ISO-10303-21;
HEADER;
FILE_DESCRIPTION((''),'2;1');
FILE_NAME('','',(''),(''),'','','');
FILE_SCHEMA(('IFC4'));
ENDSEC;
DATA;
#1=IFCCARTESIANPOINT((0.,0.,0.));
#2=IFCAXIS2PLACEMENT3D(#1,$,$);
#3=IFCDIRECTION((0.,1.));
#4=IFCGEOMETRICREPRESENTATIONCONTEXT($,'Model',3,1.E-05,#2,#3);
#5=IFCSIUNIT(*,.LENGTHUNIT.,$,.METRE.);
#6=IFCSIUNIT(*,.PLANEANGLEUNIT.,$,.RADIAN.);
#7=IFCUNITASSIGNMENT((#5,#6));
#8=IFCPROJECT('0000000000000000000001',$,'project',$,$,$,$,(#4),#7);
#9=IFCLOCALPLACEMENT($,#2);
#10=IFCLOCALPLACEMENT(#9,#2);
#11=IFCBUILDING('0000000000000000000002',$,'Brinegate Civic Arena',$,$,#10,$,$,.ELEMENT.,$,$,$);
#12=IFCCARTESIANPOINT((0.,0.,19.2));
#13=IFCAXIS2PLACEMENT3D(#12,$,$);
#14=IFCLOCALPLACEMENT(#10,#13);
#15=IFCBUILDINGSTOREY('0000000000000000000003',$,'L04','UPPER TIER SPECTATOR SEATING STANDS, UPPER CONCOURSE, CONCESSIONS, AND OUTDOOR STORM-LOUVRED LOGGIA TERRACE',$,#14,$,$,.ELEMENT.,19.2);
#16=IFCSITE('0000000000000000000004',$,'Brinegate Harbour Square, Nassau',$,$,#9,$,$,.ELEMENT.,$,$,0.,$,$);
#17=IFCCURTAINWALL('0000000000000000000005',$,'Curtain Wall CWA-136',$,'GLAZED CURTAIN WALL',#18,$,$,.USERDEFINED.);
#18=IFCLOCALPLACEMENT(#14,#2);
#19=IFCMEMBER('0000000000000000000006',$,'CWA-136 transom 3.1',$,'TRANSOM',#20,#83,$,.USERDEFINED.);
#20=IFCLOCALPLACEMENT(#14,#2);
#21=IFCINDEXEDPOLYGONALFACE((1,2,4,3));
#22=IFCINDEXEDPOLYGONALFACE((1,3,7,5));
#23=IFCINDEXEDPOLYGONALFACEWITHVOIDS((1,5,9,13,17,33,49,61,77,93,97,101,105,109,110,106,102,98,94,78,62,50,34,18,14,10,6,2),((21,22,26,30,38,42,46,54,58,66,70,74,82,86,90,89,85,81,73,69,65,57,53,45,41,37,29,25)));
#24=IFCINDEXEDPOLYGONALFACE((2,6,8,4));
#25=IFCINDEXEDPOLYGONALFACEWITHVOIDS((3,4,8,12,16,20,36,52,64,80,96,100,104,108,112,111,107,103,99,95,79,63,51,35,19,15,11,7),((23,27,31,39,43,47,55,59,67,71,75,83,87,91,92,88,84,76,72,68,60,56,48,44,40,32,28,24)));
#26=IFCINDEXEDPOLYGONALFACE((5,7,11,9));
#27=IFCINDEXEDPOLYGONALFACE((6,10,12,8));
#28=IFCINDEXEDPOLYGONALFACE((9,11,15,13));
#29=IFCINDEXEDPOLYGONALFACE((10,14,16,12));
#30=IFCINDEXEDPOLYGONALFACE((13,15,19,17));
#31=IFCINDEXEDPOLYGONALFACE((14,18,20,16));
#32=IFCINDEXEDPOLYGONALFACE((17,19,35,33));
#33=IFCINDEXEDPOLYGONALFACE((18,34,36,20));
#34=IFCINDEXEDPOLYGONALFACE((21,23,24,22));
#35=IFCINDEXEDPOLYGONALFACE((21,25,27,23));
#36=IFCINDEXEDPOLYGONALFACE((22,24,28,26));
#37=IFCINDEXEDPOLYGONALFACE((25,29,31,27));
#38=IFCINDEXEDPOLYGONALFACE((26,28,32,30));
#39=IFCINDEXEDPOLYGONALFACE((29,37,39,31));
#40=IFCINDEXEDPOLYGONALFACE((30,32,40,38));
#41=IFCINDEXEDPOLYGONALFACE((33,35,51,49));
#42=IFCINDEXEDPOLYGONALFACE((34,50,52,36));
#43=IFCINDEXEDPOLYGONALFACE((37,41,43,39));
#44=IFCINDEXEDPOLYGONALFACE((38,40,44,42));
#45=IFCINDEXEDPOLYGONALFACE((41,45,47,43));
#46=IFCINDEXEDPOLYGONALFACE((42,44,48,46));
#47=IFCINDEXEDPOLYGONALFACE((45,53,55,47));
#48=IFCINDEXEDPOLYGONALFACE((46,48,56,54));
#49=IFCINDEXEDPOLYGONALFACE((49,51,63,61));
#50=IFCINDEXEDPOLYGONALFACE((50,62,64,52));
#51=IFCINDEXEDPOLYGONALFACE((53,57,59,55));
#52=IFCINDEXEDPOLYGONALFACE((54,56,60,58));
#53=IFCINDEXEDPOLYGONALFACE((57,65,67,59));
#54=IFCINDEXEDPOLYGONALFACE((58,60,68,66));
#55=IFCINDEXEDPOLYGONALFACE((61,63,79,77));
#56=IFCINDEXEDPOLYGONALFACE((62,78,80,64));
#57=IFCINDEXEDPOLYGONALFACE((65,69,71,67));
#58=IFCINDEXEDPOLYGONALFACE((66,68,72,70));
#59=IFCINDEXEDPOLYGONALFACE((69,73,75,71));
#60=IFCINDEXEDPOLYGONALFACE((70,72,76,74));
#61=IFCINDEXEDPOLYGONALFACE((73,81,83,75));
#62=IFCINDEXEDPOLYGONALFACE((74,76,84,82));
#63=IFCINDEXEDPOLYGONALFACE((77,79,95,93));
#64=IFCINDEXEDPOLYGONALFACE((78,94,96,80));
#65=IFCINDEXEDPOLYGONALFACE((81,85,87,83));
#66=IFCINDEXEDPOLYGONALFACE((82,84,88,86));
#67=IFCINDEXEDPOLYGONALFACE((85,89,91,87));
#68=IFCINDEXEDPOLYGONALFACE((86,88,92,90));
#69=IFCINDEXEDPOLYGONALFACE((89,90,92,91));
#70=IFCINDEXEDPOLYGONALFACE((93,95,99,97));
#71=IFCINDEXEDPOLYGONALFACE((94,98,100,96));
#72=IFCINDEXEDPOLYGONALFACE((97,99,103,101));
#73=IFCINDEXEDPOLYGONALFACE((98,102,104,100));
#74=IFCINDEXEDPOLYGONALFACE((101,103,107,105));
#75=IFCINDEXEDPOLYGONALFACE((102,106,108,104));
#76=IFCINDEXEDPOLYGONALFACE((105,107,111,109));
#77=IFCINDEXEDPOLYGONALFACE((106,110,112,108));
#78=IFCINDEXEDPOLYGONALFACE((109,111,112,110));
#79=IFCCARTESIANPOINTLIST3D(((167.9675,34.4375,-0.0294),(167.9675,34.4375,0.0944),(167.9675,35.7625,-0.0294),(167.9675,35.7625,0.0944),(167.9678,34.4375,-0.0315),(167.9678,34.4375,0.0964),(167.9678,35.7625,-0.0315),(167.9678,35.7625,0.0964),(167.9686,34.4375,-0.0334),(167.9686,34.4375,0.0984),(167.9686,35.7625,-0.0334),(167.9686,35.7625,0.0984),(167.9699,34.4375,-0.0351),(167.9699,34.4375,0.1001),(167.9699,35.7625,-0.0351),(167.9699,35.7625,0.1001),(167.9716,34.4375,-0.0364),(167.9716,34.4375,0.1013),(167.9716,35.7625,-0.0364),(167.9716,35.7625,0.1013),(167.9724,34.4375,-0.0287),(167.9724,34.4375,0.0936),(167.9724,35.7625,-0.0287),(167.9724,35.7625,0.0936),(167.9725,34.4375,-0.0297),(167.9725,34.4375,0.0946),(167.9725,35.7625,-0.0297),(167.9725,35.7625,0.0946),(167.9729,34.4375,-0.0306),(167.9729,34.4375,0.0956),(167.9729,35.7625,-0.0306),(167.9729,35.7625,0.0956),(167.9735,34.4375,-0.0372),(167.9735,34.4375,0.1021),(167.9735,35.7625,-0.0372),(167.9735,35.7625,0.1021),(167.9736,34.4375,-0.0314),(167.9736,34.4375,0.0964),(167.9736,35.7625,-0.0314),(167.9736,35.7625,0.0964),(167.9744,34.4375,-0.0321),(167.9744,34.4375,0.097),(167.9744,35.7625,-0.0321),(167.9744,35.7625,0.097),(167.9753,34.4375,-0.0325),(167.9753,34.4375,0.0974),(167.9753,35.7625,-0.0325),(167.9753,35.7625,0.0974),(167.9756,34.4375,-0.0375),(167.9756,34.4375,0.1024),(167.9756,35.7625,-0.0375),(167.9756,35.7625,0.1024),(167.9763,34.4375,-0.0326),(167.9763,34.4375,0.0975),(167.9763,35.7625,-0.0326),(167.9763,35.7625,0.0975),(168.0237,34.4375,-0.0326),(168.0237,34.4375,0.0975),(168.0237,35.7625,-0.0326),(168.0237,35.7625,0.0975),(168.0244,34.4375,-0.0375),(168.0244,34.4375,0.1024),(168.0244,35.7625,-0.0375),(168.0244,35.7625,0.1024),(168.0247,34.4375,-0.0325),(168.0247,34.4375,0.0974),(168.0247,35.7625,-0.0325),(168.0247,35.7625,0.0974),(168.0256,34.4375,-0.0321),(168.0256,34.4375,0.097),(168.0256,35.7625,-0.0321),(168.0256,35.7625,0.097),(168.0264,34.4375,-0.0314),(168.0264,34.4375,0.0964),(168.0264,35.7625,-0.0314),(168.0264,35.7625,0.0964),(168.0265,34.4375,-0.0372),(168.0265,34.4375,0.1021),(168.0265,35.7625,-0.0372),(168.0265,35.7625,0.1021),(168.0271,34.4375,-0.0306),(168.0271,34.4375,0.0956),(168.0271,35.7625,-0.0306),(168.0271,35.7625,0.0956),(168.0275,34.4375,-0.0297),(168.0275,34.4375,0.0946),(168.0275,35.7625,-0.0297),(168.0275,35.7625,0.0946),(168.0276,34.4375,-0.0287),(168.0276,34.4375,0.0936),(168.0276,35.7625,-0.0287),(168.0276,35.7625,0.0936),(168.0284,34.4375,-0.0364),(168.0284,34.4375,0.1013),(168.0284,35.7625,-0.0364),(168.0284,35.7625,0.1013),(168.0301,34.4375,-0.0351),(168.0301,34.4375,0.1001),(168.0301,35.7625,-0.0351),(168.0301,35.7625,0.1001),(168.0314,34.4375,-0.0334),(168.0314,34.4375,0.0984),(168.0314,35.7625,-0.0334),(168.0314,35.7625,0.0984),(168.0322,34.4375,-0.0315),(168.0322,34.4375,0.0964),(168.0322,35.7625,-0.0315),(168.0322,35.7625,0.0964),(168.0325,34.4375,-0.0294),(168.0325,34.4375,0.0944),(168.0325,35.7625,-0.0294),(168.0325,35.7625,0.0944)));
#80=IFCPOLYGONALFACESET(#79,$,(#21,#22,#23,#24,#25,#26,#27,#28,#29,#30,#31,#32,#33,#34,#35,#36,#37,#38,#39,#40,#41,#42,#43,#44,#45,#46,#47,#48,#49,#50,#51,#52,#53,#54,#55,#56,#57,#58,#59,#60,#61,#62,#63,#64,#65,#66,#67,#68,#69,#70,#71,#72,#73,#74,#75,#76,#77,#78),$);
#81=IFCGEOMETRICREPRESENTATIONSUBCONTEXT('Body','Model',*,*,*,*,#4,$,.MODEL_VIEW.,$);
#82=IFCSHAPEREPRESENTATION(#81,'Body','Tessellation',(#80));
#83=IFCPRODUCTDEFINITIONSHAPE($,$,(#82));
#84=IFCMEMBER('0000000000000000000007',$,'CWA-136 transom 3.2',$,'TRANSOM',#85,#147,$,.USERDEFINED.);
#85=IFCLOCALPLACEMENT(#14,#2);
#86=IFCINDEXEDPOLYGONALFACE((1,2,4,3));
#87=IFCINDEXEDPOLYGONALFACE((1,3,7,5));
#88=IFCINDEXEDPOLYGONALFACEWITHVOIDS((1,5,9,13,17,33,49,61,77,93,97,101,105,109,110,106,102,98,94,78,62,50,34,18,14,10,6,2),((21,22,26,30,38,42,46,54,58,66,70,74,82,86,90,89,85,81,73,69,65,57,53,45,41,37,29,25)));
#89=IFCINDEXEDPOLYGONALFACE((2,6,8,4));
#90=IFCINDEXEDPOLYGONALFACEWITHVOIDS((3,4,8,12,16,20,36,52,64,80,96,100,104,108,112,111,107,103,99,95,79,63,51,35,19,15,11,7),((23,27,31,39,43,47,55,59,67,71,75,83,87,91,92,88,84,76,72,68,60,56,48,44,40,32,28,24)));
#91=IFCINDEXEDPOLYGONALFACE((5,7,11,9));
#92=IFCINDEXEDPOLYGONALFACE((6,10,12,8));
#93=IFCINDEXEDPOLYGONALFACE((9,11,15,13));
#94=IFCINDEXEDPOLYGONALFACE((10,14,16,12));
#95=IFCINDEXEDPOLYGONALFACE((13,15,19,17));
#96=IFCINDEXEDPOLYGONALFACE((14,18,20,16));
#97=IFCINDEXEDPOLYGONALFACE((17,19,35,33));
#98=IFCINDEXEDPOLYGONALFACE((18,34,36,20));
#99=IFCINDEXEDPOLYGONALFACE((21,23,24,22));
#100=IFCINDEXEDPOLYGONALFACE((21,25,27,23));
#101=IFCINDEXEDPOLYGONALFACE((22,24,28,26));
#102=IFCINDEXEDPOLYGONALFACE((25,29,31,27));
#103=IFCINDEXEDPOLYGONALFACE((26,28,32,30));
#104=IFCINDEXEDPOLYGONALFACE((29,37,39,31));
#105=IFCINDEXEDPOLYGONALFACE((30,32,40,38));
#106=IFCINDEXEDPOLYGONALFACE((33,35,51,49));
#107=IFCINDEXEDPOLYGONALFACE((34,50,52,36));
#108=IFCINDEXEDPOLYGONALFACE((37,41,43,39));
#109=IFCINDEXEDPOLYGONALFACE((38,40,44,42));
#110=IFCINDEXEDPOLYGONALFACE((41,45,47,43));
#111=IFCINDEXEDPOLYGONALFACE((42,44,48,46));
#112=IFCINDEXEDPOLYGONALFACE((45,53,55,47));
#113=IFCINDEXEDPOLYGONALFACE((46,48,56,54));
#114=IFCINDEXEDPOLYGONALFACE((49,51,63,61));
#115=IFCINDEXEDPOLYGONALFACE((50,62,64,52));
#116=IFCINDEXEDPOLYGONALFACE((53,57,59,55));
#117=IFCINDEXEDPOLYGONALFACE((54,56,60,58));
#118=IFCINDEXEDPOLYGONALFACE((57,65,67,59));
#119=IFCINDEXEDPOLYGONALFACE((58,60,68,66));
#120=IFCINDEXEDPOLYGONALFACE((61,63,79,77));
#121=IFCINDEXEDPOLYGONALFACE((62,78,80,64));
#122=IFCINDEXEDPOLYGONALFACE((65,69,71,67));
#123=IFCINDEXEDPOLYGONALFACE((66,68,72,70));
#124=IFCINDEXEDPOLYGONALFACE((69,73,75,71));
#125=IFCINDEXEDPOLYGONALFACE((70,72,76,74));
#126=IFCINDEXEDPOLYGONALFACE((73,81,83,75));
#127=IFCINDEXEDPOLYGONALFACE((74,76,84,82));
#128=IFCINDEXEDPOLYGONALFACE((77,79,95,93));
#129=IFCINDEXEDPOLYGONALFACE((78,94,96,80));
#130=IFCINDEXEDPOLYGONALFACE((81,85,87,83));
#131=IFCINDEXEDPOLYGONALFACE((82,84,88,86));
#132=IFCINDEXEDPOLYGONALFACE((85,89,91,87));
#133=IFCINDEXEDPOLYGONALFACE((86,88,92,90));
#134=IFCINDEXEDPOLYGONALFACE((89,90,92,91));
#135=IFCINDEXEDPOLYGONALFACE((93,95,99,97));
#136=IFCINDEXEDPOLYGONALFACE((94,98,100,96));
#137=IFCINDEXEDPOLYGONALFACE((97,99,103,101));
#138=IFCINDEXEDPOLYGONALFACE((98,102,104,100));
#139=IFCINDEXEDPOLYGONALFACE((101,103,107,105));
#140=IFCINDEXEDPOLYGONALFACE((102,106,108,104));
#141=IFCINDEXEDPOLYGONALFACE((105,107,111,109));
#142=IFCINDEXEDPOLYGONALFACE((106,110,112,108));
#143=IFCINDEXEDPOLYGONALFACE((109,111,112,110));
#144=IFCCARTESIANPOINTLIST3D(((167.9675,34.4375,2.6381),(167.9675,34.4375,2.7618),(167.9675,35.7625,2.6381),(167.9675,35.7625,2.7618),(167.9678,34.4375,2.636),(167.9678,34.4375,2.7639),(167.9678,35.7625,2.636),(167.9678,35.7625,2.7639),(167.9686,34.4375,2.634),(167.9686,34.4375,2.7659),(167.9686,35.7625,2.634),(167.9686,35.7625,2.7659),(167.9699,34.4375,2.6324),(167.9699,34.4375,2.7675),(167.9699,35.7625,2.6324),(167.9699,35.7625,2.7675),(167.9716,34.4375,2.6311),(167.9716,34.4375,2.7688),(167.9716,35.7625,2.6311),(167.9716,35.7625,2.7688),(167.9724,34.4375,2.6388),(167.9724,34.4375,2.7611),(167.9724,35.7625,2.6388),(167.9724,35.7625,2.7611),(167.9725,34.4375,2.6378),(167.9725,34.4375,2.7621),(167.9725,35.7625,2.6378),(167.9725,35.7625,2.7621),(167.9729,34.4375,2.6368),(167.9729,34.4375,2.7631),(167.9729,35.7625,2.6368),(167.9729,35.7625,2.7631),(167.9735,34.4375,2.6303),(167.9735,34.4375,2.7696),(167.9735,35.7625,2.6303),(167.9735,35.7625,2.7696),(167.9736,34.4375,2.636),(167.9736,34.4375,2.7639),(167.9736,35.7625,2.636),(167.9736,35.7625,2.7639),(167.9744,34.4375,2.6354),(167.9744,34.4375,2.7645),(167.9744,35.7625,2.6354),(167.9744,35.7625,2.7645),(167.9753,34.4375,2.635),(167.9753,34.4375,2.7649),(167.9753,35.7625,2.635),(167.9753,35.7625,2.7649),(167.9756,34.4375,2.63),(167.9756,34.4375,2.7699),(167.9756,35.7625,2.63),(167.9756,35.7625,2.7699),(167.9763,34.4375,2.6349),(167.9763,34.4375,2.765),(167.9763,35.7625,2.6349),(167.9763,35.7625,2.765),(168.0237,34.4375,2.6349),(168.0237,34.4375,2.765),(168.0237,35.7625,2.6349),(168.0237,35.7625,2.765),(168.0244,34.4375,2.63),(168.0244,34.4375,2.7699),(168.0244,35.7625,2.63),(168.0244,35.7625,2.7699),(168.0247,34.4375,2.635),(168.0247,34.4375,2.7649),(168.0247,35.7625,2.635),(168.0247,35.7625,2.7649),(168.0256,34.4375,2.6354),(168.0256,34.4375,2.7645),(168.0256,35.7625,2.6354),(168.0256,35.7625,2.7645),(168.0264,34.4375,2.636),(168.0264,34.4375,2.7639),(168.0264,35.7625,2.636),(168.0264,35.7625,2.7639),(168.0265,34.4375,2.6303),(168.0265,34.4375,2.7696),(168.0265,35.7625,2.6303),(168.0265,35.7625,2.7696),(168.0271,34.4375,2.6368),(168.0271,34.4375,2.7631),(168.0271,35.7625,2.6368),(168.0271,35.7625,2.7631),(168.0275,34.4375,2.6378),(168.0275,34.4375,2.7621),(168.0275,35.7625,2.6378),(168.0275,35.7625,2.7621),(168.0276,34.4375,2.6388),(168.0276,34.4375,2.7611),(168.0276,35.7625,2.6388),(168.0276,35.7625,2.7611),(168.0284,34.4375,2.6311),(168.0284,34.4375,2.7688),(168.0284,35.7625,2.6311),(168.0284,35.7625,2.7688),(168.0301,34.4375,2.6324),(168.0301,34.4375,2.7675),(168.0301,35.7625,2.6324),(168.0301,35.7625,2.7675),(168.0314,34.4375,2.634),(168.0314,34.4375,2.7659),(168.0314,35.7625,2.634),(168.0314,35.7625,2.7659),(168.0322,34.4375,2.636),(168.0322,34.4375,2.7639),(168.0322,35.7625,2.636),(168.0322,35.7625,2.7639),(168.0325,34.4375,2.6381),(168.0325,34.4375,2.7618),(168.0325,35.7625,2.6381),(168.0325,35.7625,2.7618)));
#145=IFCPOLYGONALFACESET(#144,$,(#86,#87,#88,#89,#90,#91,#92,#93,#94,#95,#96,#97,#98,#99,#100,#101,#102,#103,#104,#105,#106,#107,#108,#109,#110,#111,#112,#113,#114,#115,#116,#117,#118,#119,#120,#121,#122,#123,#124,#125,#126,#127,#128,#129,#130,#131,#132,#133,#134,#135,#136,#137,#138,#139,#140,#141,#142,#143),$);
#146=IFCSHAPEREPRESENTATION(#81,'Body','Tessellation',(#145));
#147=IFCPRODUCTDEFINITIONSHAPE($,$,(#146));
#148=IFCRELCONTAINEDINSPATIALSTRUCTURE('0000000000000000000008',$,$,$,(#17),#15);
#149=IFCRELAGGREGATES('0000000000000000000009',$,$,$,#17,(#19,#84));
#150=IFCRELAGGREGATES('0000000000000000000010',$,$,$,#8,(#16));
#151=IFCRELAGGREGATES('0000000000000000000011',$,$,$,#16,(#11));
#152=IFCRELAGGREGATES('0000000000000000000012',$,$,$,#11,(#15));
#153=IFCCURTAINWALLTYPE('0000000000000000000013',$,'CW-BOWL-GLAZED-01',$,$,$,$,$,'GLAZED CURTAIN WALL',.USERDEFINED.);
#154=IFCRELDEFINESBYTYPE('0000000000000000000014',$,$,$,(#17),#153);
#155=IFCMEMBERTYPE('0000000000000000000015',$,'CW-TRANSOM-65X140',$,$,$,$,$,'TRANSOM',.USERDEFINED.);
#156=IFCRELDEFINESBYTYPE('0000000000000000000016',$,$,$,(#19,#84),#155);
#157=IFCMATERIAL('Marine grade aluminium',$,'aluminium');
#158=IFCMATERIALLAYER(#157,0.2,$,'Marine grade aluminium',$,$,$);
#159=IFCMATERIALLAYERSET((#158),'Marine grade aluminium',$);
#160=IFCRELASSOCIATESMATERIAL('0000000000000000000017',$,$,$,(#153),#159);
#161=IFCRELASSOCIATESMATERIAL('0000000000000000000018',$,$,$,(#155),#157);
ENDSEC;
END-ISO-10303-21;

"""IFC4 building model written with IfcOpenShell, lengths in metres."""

from ifc_helpers import new_model, si_unit, direction, frame, origin, origin_2d, place, context, subcontext, project, spatial, hollow_rectangle, extrude, material, layer, layer_set, material_profile, profile_set, type_object, element, aggregate, save


model = new_model("IFC4")

# Units and contexts
model_context = context("Model", 3, precision=1e-05, world=origin(), true_north=direction((0.0, 1.0)))
body_context = subcontext(model_context, "Body", "Model", "MODEL_VIEW")
ifc_project = project(units=[si_unit("LENGTHUNIT", "METRE"), si_unit("PLANEANGLEUNIT", "RADIAN")], contexts=[model_context])

# Site, building, storey
site_placement = place(None, origin())
site = spatial("IfcSite", under=ifc_project, at=site_placement, Name="Brinegate Harbour Square, Nassau", CompositionType="ELEMENT", RefElevation=0.0)
building_placement = place(site_placement, origin())
building = spatial("IfcBuilding", under=site, at=building_placement, Name="Brinegate Civic Arena", CompositionType="ELEMENT")
storey_placement = place(building_placement, frame((0.0, 0.0, 19.2)))
storey = spatial("IfcBuildingStorey", under=building, at=storey_placement, Name="L04", Description="UPPER TIER SPECTATOR SEATING STANDS, UPPER CONCOURSE, CONCESSIONS, AND OUTDOOR STORM-LOUVRED LOGGIA TERRACE", CompositionType="ELEMENT", Elevation=19.2)

# Curtain wall, members
ifc_material_1 = material(Name="Marine grade aluminium", Category="aluminium")
ifc_layer_1 = layer(ifc_material_1, 0.2, Name="Marine grade aluminium")
ifc_layer_set_1 = layer_set([ifc_layer_1], Name="Marine grade aluminium")
curtain_wall_type = type_object("IfcCurtainWallType", Name="CW-BOWL-GLAZED-01", ElementType="GLAZED CURTAIN WALL", PredefinedType="USERDEFINED", material=ifc_layer_set_1)
curtain_wall_placement = place(storey_placement, origin())
curtain_wall = element("IfcCurtainWall", 1, at=curtain_wall_placement, inside=storey, type_object=curtain_wall_type, Name="Curtain Wall CWA-136", ObjectType="GLAZED CURTAIN WALL", PredefinedType="USERDEFINED")
ifc_material_profile_1 = material_profile(ifc_material_1, hollow_rectangle(XDim=0.0649, YDim=0.1399, WallThickness=0.0049, InnerFilletRadius=0.0039, OuterFilletRadius=0.0081, at=origin_2d()), Name="TRN65X140")
ifc_profile_set_1 = profile_set([ifc_material_profile_1], Name="Marine grade aluminium")
member_type_1 = type_object("IfcMemberType", Name="CW-TRANSOM-65X140", ElementType="TRANSOM", PredefinedType="USERDEFINED", material=ifc_profile_set_1)
member_1_placement = place(storey_placement, frame((168.0, 34.4375, 0.0325), z_axis=(0.0, 1.0, 0.0), x_axis=(-1.0, 0.0, 0.0)))
member_1 = element("IfcMember", 2, at=member_1_placement, type_object=member_type_1, Name="CWA-136 transom 3.1", ObjectType="TRANSOM", PredefinedType="USERDEFINED", context=body_context, shape_type="SweptSolid", body=[
    extrude(hollow_rectangle(XDim=0.0649, YDim=0.1399, WallThickness=0.0049, InnerFilletRadius=0.0039, OuterFilletRadius=0.0081, at=origin_2d()), origin(), (0.0, 0.0, 1.0), 1.325),
])
member_2_placement = place(storey_placement, frame((168.0, 34.4375, 2.7), z_axis=(0.0, 1.0, 0.0), x_axis=(-1.0, 0.0, 0.0)))
member_2 = element("IfcMember", 3, at=member_2_placement, type_object=member_type_1, Name="CWA-136 transom 3.2", ObjectType="TRANSOM", PredefinedType="USERDEFINED", context=body_context, shape_type="SweptSolid", body=[
    extrude(hollow_rectangle(XDim=0.0649, YDim=0.1399, WallThickness=0.0049, InnerFilletRadius=0.0039, OuterFilletRadius=0.0081, at=origin_2d()), origin(), (0.0, 0.0, 1.0), 1.325),
])
aggregate(curtain_wall, [member_1, member_2])

save(model, "model.ifc")
